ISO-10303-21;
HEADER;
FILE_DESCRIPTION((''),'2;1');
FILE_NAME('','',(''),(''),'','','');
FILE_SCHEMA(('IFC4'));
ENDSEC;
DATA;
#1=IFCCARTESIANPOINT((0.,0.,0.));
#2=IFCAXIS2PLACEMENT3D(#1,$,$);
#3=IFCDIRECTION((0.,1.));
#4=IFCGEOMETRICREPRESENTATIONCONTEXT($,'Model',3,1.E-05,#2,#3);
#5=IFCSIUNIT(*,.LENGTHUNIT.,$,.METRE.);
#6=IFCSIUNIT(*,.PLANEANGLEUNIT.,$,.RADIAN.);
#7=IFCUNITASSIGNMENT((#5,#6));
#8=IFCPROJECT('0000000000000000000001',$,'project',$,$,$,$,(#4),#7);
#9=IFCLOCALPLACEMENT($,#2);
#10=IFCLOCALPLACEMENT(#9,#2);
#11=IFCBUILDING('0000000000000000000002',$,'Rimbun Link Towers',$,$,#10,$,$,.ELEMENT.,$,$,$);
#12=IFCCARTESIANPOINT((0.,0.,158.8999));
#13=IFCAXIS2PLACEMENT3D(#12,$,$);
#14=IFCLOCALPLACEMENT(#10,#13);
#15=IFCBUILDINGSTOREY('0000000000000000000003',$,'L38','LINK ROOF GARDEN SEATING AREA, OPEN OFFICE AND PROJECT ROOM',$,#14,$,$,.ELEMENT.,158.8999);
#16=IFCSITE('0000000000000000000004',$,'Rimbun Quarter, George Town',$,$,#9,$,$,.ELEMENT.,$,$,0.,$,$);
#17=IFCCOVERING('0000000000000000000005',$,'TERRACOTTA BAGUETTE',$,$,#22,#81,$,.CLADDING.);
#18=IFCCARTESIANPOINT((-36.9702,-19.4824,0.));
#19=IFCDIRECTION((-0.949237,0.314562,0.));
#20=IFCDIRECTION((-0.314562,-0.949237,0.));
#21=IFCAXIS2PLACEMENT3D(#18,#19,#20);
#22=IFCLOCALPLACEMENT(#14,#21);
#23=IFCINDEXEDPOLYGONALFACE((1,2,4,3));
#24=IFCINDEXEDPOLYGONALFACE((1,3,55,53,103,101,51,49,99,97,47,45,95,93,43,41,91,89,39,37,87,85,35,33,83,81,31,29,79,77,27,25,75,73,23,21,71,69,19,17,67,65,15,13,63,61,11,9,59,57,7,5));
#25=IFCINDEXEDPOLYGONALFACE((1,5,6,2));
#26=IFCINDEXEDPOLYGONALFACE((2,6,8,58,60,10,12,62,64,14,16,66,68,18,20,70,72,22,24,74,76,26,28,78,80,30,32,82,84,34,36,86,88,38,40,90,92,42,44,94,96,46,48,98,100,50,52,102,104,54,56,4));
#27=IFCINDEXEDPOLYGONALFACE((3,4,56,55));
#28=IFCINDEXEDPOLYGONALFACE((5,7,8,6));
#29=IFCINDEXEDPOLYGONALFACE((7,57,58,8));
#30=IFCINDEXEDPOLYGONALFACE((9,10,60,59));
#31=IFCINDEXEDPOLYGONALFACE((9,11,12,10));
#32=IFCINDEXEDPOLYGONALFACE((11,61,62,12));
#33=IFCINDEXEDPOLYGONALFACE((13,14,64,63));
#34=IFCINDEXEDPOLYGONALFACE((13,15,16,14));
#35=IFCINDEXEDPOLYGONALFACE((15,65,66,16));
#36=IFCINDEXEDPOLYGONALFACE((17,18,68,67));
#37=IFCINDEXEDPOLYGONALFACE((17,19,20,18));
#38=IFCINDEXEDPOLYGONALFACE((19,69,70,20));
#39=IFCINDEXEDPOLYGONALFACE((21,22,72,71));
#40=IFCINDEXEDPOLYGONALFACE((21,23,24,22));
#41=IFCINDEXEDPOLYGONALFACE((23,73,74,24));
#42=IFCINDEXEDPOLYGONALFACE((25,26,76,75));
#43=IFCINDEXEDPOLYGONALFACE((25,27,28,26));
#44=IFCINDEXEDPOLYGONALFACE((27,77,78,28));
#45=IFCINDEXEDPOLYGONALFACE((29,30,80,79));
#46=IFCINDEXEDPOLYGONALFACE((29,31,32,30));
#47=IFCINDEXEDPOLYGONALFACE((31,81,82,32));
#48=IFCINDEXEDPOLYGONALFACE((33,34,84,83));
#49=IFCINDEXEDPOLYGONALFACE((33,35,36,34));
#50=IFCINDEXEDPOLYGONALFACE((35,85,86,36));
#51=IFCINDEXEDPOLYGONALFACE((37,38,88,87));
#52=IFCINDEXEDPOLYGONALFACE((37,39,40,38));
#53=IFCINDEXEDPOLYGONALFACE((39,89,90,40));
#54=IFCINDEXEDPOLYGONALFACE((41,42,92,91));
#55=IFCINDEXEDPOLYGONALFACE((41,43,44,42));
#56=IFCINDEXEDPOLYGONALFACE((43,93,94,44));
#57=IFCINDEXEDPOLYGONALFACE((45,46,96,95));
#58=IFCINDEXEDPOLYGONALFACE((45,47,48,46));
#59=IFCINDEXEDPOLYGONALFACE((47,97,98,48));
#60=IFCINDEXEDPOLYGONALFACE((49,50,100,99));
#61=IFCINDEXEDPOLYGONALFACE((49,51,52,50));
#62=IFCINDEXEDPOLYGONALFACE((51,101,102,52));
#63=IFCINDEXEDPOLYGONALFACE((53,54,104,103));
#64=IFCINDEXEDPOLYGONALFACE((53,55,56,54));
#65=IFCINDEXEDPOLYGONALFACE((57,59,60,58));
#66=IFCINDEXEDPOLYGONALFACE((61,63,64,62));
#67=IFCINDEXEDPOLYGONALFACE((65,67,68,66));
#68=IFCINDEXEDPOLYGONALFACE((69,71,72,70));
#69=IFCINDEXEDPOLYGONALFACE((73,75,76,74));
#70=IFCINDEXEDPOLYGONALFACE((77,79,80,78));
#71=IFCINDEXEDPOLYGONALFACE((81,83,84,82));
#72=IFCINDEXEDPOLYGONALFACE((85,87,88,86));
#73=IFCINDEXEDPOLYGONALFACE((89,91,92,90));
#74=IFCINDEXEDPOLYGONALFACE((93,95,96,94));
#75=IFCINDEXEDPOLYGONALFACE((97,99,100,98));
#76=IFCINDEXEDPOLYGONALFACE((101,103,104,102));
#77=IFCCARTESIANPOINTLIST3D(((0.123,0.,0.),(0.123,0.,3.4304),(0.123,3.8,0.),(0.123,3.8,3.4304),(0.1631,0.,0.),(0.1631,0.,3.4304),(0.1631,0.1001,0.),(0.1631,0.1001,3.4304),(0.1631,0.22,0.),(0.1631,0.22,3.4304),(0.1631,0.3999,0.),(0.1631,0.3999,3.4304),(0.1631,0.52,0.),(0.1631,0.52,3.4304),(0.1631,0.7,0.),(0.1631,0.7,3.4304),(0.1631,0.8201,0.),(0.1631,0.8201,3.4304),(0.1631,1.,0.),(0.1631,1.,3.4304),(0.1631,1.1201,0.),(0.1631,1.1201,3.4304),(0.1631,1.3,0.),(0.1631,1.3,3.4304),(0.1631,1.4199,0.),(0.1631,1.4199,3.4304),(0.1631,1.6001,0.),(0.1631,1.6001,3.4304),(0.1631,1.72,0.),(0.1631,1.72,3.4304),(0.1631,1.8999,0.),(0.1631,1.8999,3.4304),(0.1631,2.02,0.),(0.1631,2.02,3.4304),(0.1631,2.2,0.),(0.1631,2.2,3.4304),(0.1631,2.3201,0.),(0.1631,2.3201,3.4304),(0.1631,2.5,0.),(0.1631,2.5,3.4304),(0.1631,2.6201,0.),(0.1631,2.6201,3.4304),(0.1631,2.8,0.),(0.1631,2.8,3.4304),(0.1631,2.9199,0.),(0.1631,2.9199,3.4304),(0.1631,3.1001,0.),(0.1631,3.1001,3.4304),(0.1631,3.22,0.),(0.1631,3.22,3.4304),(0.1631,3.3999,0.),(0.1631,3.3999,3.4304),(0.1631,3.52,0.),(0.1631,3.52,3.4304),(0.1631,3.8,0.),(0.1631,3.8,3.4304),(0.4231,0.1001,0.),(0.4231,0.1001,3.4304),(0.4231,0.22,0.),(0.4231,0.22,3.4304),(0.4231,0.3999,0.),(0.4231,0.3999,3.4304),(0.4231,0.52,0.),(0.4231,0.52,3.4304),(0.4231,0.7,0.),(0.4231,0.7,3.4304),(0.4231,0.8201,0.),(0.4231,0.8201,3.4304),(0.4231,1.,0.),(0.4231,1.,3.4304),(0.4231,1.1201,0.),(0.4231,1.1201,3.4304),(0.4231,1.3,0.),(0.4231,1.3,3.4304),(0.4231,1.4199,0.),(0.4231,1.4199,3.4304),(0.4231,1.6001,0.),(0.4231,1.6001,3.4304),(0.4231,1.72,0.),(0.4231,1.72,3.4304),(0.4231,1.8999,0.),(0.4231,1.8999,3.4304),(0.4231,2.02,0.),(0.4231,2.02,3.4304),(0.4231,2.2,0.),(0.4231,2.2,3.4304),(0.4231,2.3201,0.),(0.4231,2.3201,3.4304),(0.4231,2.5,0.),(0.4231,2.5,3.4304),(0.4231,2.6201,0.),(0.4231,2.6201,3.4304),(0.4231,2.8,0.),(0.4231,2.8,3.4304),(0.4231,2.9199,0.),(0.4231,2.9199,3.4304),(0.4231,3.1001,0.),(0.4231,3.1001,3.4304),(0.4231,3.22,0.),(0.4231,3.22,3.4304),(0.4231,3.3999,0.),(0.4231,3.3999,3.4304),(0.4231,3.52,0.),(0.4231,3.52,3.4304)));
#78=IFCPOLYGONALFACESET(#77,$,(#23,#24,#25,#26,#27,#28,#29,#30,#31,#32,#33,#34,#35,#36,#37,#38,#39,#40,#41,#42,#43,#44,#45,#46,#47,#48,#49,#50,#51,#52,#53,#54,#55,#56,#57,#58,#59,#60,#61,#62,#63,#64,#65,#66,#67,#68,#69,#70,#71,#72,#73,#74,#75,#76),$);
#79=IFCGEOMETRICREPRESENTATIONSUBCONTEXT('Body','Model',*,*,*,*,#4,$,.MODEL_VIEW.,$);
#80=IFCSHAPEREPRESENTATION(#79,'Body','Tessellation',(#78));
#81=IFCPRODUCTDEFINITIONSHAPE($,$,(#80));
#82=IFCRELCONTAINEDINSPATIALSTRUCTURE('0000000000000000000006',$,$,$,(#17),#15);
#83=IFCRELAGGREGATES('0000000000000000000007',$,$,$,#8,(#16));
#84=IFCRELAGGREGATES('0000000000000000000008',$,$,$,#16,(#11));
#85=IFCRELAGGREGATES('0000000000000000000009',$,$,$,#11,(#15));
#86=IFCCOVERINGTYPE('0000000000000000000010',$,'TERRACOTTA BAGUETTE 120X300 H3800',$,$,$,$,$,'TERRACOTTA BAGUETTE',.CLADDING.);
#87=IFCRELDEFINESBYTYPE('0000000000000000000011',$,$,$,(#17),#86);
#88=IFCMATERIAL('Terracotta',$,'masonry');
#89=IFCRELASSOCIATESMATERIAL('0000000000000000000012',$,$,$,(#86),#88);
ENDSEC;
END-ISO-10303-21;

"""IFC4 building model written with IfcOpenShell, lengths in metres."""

from ifc_helpers import new_model, si_unit, direction, frame, origin, place, context, subcontext, project, spatial, polyline, outline, extrude, material, material_profile, profile_set, type_object, element, save


model = new_model("IFC4")

# Units and contexts
model_context = context("Model", 3, precision=1e-05, world=origin(), true_north=direction((0.0, 1.0)))
body_context = subcontext(model_context, "Body", "Model", "MODEL_VIEW")
ifc_project = project(units=[si_unit("LENGTHUNIT", "METRE"), si_unit("PLANEANGLEUNIT", "RADIAN")], contexts=[model_context])

# Site, building, storey
site_placement = place(None, origin())
site = spatial("IfcSite", under=ifc_project, at=site_placement, Name="Rimbun Quarter, George Town", CompositionType="ELEMENT", RefElevation=0.0)
building_placement = place(site_placement, origin())
building = spatial("IfcBuilding", under=site, at=building_placement, Name="Rimbun Link Towers", CompositionType="ELEMENT")
storey_placement = place(building_placement, frame((0.0, 0.0, 158.8999)))
storey = spatial("IfcBuildingStorey", under=building, at=storey_placement, Name="L38", Description="LINK ROOF GARDEN SEATING AREA, OPEN OFFICE AND PROJECT ROOM", CompositionType="ELEMENT", Elevation=158.8999)

# Covering
ifc_material_1 = material(Name="Terracotta", Category="masonry")
ifc_material_profile_1 = material_profile(ifc_material_1, outline(polyline([(0.123, 0.0), (0.1631, 0.0), (0.1631, 0.1001), (0.4231, 0.1001), (0.4231, 0.22), (0.1631, 0.22), (0.1631, 0.3999), (0.4231, 0.3999), (0.4231, 0.52), (0.1631, 0.52), (0.1631, 0.7), (0.4231, 0.7), (0.4231, 0.8201), (0.1631, 0.8201), (0.1631, 1.0), (0.4231, 1.0), (0.4231, 1.1201), (0.1631, 1.1201), (0.1631, 1.3), (0.4231, 1.3), (0.4231, 1.4199), (0.1631, 1.4199), (0.1631, 1.6001), (0.4231, 1.6001), (0.4231, 1.72), (0.1631, 1.72), (0.1631, 1.8999), (0.4231, 1.8999), (0.4231, 2.02), (0.1631, 2.02), (0.1631, 2.2), (0.4231, 2.2), (0.4231, 2.3201), (0.1631, 2.3201), (0.1631, 2.5), (0.4231, 2.5), (0.4231, 2.6201), (0.1631, 2.6201), (0.1631, 2.8), (0.4231, 2.8), (0.4231, 2.9199), (0.1631, 2.9199), (0.1631, 3.1001), (0.4231, 3.1001), (0.4231, 3.22), (0.1631, 3.22), (0.1631, 3.3999), (0.4231, 3.3999), (0.4231, 3.52), (0.1631, 3.52), (0.1631, 3.8), (0.123, 3.8), (0.123, 0.0)])), Name="BAGUETTE 120X300")
ifc_profile_set_1 = profile_set([ifc_material_profile_1], Name="Terracotta")
covering_type = type_object("IfcCoveringType", Name="TERRACOTTA BAGUETTE 120X300 H3800", ElementType="TERRACOTTA BAGUETTE", PredefinedType="CLADDING", material=ifc_profile_set_1)
covering_1_placement = place(storey_placement, frame((-36.9702, -19.4824, 0.0), z_axis=(-0.949237, 0.314562, 0.0), x_axis=(-0.314562, -0.949237, 0.0)))
element("IfcCovering", 1, at=covering_1_placement, inside=storey, type_object=covering_type, Name="TERRACOTTA BAGUETTE", PredefinedType="CLADDING", context=body_context, shape_type="SweptSolid", body=[
    extrude(outline(polyline([(0.123, 0.0), (0.1631, 0.0), (0.1631, 0.1001), (0.4231, 0.1001), (0.4231, 0.22), (0.1631, 0.22), (0.1631, 0.3999), (0.4231, 0.3999), (0.4231, 0.52), (0.1631, 0.52), (0.1631, 0.7), (0.4231, 0.7), (0.4231, 0.8201), (0.1631, 0.8201), (0.1631, 1.0), (0.4231, 1.0), (0.4231, 1.1201), (0.1631, 1.1201), (0.1631, 1.3), (0.4231, 1.3), (0.4231, 1.4199), (0.1631, 1.4199), (0.1631, 1.6001), (0.4231, 1.6001), (0.4231, 1.72), (0.1631, 1.72), (0.1631, 1.8999), (0.4231, 1.8999), (0.4231, 2.02), (0.1631, 2.02), (0.1631, 2.2), (0.4231, 2.2), (0.4231, 2.3201), (0.1631, 2.3201), (0.1631, 2.5), (0.4231, 2.5), (0.4231, 2.6201), (0.1631, 2.6201), (0.1631, 2.8), (0.4231, 2.8), (0.4231, 2.9199), (0.1631, 2.9199), (0.1631, 3.1001), (0.4231, 3.1001), (0.4231, 3.22), (0.1631, 3.22), (0.1631, 3.3999), (0.4231, 3.3999), (0.4231, 3.52), (0.1631, 3.52), (0.1631, 3.8), (0.123, 3.8), (0.123, 0.0)])), origin(), (0.0, 0.0, 1.0), 3.4304),
])

save(model, "model.ifc")
